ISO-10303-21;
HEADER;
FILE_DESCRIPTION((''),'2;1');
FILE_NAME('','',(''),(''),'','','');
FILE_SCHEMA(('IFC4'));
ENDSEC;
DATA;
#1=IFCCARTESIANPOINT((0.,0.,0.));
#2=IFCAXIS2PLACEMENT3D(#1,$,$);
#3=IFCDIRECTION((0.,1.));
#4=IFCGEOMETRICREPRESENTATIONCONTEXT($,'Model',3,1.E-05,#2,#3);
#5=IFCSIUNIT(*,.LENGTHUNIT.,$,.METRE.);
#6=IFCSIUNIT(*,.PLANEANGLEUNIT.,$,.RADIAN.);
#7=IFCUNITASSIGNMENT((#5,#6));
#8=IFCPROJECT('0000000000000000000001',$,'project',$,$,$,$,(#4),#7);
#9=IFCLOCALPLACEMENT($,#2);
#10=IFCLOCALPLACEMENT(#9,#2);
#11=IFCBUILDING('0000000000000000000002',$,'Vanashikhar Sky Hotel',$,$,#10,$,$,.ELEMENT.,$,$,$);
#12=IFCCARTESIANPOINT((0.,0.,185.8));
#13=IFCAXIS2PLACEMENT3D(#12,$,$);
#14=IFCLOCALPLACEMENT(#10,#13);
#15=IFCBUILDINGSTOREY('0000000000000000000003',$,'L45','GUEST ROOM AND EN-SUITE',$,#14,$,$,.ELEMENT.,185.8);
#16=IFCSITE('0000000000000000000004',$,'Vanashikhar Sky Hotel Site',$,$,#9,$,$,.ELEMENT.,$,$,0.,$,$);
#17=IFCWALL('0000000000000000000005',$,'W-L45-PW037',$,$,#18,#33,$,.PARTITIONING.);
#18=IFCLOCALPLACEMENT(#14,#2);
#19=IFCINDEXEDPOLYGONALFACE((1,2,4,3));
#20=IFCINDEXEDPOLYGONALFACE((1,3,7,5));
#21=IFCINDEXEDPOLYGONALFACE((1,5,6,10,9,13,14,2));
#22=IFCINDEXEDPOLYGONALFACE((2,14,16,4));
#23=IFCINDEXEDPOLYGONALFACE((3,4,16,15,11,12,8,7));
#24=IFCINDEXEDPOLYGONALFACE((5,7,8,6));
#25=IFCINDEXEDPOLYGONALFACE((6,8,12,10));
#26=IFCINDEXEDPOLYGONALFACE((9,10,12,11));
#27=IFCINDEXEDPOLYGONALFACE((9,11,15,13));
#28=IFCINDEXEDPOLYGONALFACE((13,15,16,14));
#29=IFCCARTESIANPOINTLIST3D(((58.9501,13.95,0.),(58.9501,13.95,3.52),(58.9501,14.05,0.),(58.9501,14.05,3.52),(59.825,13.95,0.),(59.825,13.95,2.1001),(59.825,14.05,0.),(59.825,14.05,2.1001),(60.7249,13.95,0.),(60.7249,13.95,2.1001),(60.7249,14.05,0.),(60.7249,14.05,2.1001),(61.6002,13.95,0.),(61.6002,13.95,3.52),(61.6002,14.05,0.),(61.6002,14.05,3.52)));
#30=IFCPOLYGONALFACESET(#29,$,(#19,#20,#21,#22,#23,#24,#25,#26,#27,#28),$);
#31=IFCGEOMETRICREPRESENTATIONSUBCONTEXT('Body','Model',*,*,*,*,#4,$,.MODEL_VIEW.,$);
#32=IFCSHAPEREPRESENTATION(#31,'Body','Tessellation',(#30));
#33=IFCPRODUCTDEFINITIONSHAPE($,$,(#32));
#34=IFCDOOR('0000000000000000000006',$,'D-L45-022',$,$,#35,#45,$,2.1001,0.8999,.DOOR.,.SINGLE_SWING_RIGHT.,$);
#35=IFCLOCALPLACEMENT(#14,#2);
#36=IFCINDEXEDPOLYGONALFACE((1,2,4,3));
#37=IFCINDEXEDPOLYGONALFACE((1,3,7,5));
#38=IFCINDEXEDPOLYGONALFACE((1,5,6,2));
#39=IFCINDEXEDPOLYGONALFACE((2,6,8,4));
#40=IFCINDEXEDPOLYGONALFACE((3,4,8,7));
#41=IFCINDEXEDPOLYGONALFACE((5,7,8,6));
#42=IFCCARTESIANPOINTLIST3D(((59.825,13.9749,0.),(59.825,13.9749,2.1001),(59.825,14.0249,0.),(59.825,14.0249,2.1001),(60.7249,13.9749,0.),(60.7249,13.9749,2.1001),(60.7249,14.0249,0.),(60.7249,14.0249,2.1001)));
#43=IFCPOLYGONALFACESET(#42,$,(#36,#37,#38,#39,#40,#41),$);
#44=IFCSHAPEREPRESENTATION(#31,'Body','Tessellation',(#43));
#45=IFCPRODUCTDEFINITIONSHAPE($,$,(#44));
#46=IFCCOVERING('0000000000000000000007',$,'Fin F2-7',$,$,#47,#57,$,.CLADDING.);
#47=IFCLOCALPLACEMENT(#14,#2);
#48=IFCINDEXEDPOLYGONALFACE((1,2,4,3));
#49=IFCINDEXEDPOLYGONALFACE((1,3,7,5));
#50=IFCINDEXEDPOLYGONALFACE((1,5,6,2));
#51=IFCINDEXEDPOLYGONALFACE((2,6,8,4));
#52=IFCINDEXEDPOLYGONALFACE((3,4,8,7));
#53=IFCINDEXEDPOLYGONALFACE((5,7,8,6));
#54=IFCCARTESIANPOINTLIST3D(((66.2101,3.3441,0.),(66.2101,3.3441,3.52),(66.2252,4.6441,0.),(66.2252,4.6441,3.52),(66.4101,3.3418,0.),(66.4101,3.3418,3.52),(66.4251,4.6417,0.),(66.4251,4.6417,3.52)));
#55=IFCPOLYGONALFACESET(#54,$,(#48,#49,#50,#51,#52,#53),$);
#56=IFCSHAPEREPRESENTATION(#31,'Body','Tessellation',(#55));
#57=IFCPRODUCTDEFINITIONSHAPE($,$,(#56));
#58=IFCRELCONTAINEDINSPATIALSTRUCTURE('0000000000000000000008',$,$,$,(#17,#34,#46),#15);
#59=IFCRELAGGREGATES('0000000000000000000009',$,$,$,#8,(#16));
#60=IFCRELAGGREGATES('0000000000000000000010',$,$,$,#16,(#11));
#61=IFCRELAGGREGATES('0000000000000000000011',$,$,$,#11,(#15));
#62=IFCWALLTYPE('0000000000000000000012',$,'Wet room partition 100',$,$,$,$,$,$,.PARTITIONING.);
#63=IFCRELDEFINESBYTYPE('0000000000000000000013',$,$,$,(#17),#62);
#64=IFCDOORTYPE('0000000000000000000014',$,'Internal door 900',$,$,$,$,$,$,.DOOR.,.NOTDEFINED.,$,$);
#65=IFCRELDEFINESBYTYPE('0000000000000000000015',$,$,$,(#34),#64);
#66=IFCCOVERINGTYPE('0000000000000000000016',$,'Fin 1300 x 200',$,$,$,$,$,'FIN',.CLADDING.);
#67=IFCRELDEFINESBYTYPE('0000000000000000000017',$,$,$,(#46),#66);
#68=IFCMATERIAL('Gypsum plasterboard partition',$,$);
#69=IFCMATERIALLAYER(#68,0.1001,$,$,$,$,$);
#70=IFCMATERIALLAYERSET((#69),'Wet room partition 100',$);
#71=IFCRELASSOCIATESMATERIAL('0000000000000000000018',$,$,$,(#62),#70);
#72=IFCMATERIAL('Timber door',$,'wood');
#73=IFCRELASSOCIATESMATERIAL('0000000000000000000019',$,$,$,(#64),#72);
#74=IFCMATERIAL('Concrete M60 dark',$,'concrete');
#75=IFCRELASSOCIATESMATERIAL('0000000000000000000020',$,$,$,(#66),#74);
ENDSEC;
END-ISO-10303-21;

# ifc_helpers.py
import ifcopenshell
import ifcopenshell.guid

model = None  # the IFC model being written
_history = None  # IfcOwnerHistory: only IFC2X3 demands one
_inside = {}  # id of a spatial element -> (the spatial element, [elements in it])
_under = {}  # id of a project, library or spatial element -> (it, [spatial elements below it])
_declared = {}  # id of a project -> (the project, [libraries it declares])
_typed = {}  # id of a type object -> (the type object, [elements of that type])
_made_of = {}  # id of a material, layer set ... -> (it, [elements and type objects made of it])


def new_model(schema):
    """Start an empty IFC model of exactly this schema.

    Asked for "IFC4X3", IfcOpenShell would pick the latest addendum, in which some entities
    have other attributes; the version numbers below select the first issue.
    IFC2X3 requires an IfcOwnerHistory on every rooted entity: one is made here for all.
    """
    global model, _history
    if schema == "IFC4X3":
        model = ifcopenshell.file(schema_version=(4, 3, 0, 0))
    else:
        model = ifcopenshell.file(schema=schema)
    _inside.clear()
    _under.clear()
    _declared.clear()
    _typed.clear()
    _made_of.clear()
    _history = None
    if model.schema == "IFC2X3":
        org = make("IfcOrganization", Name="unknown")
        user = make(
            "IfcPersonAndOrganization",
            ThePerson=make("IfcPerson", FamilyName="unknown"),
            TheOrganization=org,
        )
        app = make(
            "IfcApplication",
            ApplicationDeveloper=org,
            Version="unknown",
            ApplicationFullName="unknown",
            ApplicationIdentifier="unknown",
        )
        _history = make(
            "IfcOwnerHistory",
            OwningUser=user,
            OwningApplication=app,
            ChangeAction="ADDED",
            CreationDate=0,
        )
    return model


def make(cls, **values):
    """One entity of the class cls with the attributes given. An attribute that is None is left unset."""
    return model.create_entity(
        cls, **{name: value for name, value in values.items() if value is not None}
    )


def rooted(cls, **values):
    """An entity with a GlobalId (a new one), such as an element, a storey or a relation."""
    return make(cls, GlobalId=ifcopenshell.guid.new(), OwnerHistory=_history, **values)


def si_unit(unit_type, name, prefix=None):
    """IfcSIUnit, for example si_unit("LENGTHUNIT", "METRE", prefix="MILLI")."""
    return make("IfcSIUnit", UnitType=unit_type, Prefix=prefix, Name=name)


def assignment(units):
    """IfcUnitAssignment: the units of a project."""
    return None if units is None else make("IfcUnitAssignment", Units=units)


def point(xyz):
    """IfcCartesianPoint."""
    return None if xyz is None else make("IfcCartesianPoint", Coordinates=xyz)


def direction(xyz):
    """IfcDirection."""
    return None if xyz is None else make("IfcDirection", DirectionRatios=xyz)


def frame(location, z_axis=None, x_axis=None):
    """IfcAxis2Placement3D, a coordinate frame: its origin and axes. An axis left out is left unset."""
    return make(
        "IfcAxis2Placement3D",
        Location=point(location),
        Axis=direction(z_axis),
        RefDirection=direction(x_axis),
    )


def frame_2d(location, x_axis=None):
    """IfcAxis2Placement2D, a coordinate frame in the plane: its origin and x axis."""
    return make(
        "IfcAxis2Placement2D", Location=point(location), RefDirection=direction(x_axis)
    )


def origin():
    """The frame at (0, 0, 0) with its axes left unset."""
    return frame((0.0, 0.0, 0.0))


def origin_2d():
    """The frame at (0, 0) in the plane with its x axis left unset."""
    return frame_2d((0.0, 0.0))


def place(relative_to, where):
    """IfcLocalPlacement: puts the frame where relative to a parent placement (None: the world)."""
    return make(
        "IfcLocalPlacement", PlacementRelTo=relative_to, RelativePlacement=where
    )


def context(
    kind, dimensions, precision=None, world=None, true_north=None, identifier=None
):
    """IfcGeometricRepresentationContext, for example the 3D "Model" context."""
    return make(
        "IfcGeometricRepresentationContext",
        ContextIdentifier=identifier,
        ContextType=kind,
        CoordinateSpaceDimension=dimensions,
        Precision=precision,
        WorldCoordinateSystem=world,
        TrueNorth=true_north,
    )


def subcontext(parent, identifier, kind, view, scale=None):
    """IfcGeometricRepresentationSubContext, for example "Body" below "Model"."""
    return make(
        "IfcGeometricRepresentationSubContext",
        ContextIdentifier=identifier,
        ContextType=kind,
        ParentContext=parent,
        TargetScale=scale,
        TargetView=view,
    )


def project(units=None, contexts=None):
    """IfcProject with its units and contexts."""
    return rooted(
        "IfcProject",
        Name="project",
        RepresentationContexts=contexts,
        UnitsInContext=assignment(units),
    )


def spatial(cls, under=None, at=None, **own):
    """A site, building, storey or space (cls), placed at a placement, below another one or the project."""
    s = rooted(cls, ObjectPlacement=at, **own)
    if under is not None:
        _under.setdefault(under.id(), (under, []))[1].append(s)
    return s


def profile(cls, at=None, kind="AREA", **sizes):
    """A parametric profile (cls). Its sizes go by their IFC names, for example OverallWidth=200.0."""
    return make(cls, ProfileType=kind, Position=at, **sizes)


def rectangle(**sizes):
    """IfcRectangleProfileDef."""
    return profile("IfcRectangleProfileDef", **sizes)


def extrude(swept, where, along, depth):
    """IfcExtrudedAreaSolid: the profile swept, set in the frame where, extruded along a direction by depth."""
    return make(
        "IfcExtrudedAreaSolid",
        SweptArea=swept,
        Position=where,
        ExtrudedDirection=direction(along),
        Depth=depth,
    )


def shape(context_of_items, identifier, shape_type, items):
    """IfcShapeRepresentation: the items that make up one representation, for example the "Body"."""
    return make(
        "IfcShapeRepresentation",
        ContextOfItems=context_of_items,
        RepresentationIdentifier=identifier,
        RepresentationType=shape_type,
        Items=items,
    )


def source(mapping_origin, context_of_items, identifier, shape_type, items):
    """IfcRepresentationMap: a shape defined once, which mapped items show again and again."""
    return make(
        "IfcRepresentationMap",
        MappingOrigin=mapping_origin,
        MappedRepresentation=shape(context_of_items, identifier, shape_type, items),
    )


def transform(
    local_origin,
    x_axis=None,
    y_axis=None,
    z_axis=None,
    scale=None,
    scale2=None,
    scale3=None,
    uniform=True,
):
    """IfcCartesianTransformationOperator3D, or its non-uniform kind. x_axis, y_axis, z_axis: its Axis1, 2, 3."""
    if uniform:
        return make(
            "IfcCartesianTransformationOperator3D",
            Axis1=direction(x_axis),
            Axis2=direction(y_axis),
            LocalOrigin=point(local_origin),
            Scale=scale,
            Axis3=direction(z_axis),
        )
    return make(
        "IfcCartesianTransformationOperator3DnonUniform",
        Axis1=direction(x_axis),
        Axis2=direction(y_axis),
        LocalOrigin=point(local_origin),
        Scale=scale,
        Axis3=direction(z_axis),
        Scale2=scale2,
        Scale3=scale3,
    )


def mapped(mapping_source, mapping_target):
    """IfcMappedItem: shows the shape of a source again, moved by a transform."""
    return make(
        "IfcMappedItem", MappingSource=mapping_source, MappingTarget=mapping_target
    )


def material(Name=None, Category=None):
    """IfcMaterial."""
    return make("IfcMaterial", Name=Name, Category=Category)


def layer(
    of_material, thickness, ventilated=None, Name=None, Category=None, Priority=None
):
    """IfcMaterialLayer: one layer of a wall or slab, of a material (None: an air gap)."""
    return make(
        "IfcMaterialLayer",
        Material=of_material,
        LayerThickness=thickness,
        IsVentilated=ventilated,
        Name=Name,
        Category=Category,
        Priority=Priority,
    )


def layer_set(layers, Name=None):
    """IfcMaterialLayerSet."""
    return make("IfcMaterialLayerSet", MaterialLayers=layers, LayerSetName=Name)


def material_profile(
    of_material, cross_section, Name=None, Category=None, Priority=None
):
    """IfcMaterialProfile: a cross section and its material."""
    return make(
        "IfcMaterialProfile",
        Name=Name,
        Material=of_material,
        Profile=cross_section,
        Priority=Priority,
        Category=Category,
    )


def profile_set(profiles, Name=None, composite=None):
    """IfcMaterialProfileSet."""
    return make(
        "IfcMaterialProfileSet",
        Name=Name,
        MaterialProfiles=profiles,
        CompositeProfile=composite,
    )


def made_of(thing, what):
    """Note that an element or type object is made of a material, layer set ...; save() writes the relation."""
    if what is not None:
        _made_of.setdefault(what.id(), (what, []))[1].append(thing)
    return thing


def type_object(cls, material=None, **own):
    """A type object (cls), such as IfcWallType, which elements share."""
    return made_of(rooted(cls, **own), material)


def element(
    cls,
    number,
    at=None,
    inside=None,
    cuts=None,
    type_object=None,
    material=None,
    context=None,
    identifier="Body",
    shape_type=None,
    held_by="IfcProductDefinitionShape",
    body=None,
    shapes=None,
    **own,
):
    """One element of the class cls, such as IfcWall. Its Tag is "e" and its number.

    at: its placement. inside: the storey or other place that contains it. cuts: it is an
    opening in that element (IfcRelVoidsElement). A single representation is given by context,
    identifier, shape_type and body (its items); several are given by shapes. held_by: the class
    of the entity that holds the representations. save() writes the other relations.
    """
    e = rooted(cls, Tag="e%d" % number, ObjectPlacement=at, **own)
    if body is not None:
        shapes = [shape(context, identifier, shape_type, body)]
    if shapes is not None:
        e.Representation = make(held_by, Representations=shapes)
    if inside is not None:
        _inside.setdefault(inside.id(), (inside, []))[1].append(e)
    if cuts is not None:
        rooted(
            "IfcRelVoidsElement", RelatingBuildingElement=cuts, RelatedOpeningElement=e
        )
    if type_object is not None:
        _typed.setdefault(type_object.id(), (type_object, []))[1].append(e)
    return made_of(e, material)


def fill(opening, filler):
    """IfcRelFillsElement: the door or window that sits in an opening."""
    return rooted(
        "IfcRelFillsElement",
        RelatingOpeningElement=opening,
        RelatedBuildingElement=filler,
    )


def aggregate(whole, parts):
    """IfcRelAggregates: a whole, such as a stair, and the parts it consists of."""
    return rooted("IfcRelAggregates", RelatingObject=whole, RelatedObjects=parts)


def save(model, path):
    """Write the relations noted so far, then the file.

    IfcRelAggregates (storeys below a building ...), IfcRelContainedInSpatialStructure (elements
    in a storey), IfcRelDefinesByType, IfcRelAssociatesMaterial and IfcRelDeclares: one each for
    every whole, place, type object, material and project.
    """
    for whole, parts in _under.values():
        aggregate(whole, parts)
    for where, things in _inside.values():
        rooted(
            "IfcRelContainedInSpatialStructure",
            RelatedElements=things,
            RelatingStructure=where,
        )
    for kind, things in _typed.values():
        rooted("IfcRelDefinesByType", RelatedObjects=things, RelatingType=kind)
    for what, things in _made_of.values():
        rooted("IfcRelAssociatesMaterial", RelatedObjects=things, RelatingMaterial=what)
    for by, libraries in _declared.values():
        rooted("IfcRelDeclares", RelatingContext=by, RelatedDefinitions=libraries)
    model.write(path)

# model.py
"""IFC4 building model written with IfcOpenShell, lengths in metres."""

from ifc_helpers import new_model, si_unit, direction, frame, frame_2d, origin, origin_2d, place, context, subcontext, project, spatial, rectangle, extrude, source, transform, mapped, material, layer, layer_set, material_profile, profile_set, type_object, element, fill, save


model = new_model("IFC4")

# Units and contexts
model_context = context("Model", 3, precision=1e-05, world=origin(), true_north=direction((0.0, 1.0)))
body_context = subcontext(model_context, "Body", "Model", "MODEL_VIEW")
ifc_project = project(units=[si_unit("LENGTHUNIT", "METRE"), si_unit("PLANEANGLEUNIT", "RADIAN")], contexts=[model_context])

# Site, building, storey
site_placement = place(None, origin())
site = spatial("IfcSite", under=ifc_project, at=site_placement, Name="Vanashikhar Sky Hotel Site", CompositionType="ELEMENT", RefElevation=0.0)
building_placement = place(site_placement, origin())
building = spatial("IfcBuilding", under=site, at=building_placement, Name="Vanashikhar Sky Hotel", CompositionType="ELEMENT")
storey_placement = place(building_placement, frame((0.0, 0.0, 185.8)))
storey = spatial("IfcBuildingStorey", under=building, at=storey_placement, Name="L45", Description="GUEST ROOM AND EN-SUITE", CompositionType="ELEMENT", Elevation=185.8)

# Wall, opening, door
ifc_material_1 = material(Name="Gypsum plasterboard partition")
ifc_layer_1 = layer(ifc_material_1, 0.1001)
ifc_layer_set_1 = layer_set([ifc_layer_1], Name="Wet room partition 100")
wall_type_1 = type_object("IfcWallType", Name="Wet room partition 100", PredefinedType="PARTITIONING", material=ifc_layer_set_1)
shared_shape_1 = source(origin(), body_context, "Body", "SweptSolid", [
    extrude(rectangle(XDim=0.8999, YDim=2.1001, at=frame_2d((0.45, 1.05))), frame((0.0, 0.0601, 0.0), z_axis=(0.0, -1.0, 0.0), x_axis=(1.0, 0.0, 0.0)), (0.0, 0.0, 1.0), 0.1201),
])
ifc_material_2 = material(Name="Timber door", Category="wood")
door_type_1 = type_object("IfcDoorType", Name="Internal door 900", OperationType="NOTDEFINED", PredefinedType="DOOR", material=ifc_material_2)
shared_shape_2 = source(origin(), body_context, "Body", "SweptSolid", [
    extrude(rectangle(XDim=0.8999, YDim=2.1001, at=frame_2d((0.45, 1.05))), frame((0.0, 0.0249, 0.0), z_axis=(0.0, -1.0, 0.0), x_axis=(1.0, 0.0, 0.0)), (0.0, 0.0, 1.0), 0.05),
])
shared_shape_3 = source(origin(), body_context, "Body", "SweptSolid", [
    extrude(rectangle(XDim=2.6501, YDim=0.1001, at=frame_2d((1.3252, 0.0))), origin(), (0.0, 0.0, 1.0), 3.52),
])
wall_1_placement = place(storey_placement, frame((58.95, 14.0, 0.0), z_axis=(0.0, 0.0, 1.0), x_axis=(1.0, 0.0, 0.0)))
wall_1 = element("IfcWall", 1, at=wall_1_placement, inside=storey, type_object=wall_type_1, Name="W-L45-PW037", PredefinedType="PARTITIONING", context=body_context, shape_type="MappedRepresentation", body=[
    mapped(shared_shape_3, transform((0.0, 0.0, 0.0), scale=1.0)),
])
opening_1_placement = place(wall_1_placement, frame((0.875, 0.0, 0.0)))
opening_1 = element("IfcOpeningElement", 2, at=opening_1_placement, cuts=wall_1, PredefinedType="OPENING", context=body_context, shape_type="MappedRepresentation", body=[
    mapped(shared_shape_1, transform((0.0, 0.0, 0.0), scale=1.0)),
])
door_1_placement = place(opening_1_placement, origin())
door_1 = element("IfcDoor", 3, at=door_1_placement, inside=storey, type_object=door_type_1, Name="D-L45-022", OperationType="SINGLE_SWING_RIGHT", OverallHeight=2.1001, OverallWidth=0.8999, PredefinedType="DOOR", context=body_context, shape_type="MappedRepresentation", body=[
    mapped(shared_shape_2, transform((0.0, 0.0, 0.0), scale=1.0)),
])
fill(opening_1, door_1)

# Covering
ifc_material_3 = material(Name="Concrete M60 dark", Category="concrete")
ifc_material_profile_1 = material_profile(ifc_material_3, rectangle(XDim=1.3, YDim=0.2, at=origin_2d()))
ifc_profile_set_1 = profile_set([ifc_material_profile_1], Name="Fin 1300 x 200")
covering_type = type_object("IfcCoveringType", Name="Fin 1300 x 200", ElementType="FIN", PredefinedType="CLADDING", material=ifc_profile_set_1)
shared_shape_4 = source(origin(), body_context, "Body", "SweptSolid", [
    extrude(rectangle(XDim=1.3, YDim=0.2, at=origin_2d()), origin(), (0.0, 0.0, 1.0), 3.52),
])
covering_placement = place(storey_placement, frame((66.3176, 3.9929, 0.0), z_axis=(0.0, 0.0, 1.0), x_axis=(-0.011589, -0.999933, 0.0)))
element("IfcCovering", 4, at=covering_placement, inside=storey, type_object=covering_type, Name="Fin F2-7", PredefinedType="CLADDING", context=body_context, shape_type="MappedRepresentation", body=[
    mapped(shared_shape_4, transform((0.0, 0.0, 0.0), scale=1.0)),
])

save(model, "model.ifc")
